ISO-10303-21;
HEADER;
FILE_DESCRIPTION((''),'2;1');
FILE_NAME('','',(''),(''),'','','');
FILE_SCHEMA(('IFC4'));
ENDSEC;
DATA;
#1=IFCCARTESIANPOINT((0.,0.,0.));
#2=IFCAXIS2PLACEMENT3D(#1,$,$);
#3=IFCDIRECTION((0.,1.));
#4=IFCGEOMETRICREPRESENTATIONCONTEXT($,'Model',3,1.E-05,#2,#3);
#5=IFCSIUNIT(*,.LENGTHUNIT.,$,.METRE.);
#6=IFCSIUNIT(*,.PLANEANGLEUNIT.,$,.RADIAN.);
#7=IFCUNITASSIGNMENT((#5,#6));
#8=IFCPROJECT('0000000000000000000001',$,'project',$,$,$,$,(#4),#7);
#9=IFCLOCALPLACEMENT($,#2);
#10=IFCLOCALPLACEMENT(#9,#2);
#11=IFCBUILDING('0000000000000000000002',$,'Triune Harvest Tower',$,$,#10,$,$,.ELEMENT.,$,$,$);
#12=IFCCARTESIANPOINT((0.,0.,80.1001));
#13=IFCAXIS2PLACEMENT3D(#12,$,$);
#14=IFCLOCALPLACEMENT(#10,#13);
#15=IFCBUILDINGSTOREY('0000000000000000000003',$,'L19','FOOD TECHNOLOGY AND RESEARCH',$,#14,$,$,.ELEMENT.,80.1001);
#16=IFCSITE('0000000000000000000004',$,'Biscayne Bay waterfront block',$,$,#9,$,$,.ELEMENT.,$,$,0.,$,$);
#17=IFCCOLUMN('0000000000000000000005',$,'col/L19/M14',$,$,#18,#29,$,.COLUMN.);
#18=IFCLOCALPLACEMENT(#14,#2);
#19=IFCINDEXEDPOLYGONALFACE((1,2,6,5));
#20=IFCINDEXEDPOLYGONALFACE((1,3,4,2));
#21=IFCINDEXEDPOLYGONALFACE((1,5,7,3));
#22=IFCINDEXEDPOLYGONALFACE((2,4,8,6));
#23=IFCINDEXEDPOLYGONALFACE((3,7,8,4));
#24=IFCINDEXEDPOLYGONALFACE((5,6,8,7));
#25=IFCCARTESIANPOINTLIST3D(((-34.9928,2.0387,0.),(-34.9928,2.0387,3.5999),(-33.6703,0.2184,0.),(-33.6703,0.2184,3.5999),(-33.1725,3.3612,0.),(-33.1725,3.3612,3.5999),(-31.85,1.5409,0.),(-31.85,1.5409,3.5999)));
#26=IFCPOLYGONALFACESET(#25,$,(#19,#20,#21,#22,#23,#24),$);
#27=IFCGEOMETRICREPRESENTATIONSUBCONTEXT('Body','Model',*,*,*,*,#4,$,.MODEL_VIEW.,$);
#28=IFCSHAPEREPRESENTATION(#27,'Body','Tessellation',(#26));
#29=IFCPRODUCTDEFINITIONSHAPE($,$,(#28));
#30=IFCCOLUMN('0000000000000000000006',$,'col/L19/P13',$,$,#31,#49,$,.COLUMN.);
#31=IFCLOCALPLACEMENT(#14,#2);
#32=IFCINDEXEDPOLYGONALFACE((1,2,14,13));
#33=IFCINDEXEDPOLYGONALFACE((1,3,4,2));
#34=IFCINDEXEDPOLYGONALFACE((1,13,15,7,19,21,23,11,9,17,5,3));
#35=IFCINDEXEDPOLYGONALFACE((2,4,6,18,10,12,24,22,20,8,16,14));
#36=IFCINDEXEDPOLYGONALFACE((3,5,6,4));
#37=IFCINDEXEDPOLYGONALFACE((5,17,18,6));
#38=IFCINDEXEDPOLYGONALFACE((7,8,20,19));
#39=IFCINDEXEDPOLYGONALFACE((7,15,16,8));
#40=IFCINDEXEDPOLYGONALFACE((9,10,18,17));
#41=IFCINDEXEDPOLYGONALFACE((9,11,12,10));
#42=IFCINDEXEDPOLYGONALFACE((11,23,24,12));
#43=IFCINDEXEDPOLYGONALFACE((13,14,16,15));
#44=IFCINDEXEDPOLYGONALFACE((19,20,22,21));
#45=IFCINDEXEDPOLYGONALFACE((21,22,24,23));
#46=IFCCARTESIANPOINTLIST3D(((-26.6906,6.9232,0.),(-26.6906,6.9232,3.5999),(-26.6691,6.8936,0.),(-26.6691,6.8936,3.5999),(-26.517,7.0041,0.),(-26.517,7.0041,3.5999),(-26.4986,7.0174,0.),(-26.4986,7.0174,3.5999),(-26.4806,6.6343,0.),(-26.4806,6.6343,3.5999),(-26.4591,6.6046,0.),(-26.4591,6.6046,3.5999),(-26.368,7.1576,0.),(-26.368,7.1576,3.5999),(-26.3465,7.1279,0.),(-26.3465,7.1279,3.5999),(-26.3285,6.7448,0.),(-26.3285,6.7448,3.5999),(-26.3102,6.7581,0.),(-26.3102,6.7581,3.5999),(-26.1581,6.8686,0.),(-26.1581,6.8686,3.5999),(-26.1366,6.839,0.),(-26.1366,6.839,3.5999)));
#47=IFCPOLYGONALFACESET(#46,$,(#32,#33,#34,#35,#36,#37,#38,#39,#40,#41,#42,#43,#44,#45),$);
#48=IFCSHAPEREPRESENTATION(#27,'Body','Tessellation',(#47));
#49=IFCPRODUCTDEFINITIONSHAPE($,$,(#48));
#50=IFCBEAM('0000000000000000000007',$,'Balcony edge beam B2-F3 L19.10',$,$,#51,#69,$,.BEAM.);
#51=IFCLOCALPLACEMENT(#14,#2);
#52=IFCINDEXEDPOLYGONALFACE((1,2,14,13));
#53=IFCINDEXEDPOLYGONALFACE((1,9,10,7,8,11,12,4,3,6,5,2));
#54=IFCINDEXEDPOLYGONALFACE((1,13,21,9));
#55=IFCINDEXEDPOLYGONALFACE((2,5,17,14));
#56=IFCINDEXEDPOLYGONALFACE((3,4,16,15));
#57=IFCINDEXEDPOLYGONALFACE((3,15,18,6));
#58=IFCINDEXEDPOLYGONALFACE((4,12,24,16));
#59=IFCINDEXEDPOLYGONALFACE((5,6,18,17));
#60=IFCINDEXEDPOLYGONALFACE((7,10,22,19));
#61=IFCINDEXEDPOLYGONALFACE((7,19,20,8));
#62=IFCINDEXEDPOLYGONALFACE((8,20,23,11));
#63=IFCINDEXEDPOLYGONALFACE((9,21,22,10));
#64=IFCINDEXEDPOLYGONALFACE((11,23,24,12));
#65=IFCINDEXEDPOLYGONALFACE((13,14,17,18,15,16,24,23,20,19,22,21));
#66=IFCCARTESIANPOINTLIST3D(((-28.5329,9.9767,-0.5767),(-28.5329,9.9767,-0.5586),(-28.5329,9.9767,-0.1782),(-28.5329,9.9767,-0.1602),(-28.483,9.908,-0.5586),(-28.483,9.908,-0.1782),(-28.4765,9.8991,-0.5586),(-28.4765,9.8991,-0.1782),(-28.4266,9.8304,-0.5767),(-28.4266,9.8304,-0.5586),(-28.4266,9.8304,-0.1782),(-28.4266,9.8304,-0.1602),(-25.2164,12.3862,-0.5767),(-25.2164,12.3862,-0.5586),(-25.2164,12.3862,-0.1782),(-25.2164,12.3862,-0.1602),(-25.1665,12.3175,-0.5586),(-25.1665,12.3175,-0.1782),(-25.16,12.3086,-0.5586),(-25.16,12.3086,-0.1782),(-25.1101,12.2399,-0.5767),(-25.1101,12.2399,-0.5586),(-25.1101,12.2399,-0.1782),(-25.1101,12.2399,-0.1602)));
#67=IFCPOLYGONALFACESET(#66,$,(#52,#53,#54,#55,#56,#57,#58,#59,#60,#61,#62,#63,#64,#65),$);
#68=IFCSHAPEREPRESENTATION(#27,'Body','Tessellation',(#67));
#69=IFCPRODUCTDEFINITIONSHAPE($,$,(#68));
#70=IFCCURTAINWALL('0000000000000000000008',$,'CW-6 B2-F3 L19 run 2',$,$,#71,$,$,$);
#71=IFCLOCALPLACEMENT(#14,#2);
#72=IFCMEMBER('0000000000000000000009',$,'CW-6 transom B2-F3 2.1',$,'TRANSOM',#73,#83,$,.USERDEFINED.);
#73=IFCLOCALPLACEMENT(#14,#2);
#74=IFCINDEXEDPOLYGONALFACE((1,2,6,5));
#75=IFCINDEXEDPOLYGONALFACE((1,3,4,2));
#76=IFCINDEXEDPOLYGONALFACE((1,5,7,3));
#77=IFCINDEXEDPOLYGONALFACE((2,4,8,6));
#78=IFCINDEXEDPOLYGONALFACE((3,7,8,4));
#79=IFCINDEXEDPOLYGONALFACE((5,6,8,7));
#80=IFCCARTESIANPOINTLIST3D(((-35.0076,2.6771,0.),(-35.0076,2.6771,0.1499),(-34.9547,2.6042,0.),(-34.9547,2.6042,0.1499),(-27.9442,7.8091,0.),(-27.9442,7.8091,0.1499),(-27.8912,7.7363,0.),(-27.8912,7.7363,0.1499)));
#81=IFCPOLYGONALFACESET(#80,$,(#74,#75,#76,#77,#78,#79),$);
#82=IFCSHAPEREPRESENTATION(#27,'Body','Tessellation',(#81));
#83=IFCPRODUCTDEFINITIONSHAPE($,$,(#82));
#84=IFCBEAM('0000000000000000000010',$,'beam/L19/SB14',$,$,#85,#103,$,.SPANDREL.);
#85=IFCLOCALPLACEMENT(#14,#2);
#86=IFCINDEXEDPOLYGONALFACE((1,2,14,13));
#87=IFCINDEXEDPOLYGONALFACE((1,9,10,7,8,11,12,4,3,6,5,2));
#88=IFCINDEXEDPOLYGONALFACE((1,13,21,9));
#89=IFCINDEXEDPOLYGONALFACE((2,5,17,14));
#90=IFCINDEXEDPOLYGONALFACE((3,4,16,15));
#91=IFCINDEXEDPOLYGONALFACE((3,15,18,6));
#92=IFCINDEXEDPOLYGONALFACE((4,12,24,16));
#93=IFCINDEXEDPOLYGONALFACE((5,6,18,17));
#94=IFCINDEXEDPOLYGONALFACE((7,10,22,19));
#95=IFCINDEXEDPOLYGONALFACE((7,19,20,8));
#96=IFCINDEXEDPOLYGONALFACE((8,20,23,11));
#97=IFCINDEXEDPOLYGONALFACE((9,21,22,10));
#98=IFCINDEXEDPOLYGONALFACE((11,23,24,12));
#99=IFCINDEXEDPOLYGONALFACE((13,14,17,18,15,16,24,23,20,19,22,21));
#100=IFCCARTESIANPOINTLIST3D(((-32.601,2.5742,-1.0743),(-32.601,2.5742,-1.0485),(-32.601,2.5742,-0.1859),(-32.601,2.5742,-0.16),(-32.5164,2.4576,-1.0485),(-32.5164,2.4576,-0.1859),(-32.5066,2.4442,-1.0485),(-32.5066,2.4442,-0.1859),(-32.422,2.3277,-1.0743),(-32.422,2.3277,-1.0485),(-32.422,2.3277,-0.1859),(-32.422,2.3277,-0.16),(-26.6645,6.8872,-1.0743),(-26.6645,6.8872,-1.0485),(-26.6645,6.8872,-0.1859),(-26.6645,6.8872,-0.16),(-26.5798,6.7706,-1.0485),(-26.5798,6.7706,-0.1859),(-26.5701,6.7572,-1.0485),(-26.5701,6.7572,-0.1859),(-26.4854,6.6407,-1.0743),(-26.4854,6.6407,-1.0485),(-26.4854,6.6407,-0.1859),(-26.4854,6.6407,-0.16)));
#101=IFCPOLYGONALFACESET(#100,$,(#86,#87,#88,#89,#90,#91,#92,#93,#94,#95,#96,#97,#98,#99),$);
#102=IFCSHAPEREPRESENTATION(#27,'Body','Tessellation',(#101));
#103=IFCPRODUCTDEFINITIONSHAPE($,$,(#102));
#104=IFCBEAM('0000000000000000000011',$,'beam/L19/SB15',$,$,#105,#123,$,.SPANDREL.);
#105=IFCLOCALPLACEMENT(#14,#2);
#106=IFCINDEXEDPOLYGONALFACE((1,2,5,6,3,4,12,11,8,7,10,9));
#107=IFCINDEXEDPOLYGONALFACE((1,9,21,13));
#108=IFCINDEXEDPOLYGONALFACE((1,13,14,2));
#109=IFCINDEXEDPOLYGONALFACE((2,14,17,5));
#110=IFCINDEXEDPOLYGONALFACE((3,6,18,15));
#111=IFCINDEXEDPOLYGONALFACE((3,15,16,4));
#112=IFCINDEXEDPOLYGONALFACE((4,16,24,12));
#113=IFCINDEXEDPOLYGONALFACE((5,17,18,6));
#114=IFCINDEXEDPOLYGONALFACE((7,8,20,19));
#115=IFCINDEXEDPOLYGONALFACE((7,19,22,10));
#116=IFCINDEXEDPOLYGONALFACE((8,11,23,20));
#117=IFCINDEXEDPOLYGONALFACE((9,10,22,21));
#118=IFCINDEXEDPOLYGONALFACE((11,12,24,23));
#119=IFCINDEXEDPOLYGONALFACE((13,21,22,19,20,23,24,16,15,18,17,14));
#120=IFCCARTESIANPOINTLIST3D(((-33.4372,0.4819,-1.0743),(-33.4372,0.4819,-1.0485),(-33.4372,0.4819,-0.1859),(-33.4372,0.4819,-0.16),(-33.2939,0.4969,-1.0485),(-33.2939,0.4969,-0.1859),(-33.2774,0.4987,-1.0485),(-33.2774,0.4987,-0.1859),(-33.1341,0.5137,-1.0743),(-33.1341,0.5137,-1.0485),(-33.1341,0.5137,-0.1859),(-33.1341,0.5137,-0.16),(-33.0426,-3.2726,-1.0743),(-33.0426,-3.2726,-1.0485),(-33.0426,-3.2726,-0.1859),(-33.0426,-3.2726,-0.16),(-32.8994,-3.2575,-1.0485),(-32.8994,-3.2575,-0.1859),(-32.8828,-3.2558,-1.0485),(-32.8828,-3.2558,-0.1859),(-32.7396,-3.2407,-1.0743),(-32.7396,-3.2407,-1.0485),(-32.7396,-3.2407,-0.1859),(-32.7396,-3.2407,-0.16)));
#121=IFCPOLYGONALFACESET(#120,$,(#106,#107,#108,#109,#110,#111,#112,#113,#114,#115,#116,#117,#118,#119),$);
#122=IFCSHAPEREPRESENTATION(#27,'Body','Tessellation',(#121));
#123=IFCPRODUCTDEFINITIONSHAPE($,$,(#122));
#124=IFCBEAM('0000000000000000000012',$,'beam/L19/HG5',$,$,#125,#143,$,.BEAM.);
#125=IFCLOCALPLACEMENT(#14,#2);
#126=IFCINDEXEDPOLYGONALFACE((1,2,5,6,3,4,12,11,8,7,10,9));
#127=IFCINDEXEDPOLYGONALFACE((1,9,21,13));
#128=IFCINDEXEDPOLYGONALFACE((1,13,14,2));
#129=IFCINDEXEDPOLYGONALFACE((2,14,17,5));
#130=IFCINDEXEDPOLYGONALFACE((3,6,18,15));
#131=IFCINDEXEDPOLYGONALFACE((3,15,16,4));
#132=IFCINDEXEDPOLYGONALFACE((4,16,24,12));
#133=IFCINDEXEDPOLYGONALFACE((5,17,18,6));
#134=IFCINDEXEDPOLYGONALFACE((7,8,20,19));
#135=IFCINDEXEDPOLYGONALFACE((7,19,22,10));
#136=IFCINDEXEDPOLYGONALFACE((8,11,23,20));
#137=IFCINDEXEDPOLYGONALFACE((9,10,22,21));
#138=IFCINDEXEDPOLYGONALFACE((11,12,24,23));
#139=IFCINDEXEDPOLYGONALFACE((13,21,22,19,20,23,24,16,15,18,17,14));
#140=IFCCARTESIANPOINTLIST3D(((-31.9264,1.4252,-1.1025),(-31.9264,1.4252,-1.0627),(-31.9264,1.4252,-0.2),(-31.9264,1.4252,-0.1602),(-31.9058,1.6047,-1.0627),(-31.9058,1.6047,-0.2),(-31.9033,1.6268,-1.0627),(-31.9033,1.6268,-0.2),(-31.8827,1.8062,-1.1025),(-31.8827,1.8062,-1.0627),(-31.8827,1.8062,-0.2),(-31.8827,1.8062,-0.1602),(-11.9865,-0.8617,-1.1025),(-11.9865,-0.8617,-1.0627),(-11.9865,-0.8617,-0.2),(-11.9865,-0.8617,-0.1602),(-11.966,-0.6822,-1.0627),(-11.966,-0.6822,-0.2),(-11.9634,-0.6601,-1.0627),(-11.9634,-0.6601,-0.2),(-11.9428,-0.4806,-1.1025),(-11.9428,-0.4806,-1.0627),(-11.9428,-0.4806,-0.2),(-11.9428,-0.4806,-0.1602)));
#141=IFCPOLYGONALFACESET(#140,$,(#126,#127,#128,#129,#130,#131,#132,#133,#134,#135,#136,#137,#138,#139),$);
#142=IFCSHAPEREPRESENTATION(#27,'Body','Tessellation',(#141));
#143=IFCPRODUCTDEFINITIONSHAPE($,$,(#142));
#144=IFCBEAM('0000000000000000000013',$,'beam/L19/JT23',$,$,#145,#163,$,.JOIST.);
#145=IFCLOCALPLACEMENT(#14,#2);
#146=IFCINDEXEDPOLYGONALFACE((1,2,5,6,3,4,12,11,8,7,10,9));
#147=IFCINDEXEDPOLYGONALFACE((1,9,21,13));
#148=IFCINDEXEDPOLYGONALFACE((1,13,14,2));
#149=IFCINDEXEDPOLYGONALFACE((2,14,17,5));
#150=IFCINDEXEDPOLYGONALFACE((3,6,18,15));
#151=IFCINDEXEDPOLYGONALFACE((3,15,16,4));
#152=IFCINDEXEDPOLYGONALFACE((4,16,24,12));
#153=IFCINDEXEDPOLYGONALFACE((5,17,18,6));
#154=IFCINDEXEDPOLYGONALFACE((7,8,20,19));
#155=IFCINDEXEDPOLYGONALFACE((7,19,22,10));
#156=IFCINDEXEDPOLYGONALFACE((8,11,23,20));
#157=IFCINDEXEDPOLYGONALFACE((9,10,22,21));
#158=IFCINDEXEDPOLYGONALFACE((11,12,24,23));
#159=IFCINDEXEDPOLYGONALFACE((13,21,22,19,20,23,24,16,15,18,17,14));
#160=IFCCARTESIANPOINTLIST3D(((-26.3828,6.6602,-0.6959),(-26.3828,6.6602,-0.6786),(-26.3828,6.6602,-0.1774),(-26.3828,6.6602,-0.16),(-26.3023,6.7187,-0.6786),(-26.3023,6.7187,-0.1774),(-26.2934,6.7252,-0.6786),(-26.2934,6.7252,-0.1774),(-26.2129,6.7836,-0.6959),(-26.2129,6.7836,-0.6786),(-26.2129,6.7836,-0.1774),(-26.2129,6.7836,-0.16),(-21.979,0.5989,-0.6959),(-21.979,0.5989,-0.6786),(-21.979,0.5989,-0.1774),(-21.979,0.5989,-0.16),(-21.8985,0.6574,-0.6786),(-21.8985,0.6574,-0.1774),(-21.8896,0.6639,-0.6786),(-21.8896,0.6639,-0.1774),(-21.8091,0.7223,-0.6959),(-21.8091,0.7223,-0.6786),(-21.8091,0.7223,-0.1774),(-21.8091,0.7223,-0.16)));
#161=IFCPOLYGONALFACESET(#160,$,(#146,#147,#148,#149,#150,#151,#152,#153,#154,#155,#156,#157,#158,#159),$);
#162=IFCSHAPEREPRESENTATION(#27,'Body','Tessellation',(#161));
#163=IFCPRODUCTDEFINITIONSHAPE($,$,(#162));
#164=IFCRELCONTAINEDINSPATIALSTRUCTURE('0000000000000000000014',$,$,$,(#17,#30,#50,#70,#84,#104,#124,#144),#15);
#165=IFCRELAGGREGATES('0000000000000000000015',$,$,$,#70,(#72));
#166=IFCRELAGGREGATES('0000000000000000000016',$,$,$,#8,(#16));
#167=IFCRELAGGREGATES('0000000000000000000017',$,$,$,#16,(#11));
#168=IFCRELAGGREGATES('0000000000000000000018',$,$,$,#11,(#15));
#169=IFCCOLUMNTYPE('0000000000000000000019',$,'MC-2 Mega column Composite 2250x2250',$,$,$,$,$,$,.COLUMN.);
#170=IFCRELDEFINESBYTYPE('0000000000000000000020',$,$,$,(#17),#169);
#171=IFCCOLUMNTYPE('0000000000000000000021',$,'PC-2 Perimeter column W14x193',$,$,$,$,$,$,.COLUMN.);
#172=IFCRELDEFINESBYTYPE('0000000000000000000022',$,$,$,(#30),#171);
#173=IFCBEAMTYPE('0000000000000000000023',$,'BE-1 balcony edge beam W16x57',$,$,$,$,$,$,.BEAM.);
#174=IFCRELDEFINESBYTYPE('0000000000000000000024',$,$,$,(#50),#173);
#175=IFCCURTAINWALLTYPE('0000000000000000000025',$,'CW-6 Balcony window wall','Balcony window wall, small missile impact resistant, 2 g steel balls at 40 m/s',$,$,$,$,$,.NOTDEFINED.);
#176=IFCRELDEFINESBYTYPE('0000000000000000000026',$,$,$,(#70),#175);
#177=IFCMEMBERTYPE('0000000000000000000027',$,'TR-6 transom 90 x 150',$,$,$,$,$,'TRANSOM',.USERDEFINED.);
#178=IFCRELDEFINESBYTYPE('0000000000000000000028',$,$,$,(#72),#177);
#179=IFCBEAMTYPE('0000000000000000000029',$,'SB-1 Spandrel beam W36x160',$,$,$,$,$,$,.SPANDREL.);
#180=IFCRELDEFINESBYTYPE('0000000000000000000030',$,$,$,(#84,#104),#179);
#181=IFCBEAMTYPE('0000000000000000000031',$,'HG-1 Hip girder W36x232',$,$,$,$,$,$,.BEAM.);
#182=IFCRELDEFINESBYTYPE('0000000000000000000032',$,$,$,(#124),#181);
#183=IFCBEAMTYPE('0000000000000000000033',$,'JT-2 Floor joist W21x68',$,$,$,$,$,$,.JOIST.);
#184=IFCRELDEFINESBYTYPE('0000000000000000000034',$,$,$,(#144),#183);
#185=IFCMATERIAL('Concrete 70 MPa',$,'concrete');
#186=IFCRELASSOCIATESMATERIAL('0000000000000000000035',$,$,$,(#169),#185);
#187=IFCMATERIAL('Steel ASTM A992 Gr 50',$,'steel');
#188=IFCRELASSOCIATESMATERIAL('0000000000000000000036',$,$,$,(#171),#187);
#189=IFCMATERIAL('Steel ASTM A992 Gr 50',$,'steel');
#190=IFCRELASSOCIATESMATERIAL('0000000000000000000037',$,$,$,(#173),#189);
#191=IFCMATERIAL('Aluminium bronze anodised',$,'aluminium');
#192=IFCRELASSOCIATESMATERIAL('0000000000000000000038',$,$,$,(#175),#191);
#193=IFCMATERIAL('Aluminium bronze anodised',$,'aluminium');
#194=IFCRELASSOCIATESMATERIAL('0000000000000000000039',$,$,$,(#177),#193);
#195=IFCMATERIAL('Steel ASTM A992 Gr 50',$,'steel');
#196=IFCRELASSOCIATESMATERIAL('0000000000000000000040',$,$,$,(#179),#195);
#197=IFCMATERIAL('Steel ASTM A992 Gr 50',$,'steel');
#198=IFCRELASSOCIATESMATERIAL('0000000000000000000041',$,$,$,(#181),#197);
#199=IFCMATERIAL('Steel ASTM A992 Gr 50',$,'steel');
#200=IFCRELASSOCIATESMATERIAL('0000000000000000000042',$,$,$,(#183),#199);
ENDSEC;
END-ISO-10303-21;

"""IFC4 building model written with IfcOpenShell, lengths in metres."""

from ifc_helpers import new_model, si_unit, direction, frame, origin, origin_2d, place, context, subcontext, project, spatial, rectangle, i_section, extrude, source, transform, mapped, material, material_profile, profile_set, type_object, element, aggregate, save


model = new_model("IFC4")

# Units and contexts
model_context = context("Model", 3, precision=1e-05, world=origin(), true_north=direction((0.0, 1.0)))
body_context = subcontext(model_context, "Body", "Model", "MODEL_VIEW")
ifc_project = project(units=[si_unit("LENGTHUNIT", "METRE"), si_unit("PLANEANGLEUNIT", "RADIAN")], contexts=[model_context])

# Site, building, storey
site_placement = place(None, origin())
site = spatial("IfcSite", under=ifc_project, at=site_placement, Name="Biscayne Bay waterfront block", CompositionType="ELEMENT", RefElevation=0.0)
building_placement = place(site_placement, origin())
building = spatial("IfcBuilding", under=site, at=building_placement, Name="Triune Harvest Tower", CompositionType="ELEMENT")
storey_placement = place(building_placement, frame((0.0, 0.0, 80.1001)))
storey = spatial("IfcBuildingStorey", under=building, at=storey_placement, Name="L19", Description="FOOD TECHNOLOGY AND RESEARCH", CompositionType="ELEMENT", Elevation=80.1001)

# Columns
ifc_material_1 = material(Name="Concrete 70 MPa", Category="concrete")
ifc_material_profile_1 = material_profile(ifc_material_1, rectangle(XDim=2.25, YDim=2.25, at=origin_2d()), Name="Composite 2250x2250")
ifc_profile_set_1 = profile_set([ifc_material_profile_1], Name="Concrete 70 MPa")
column_type_1 = type_object("IfcColumnType", Name="MC-2 Mega column Composite 2250x2250", PredefinedType="COLUMN", material=ifc_profile_set_1)
shared_shape_1 = source(origin(), body_context, "Body", "SweptSolid", [
    extrude(rectangle(XDim=2.25, YDim=2.25, at=origin_2d()), origin(), (0.0, 0.0, 1.0), 3.5999),
])
column_1_placement = place(storey_placement, frame((-33.4214, 1.7898, 0.0), z_axis=(0.0, 0.0, 1.0), x_axis=(-0.809017, -0.587785, 0.0)))
element("IfcColumn", 1, at=column_1_placement, inside=storey, type_object=column_type_1, Name="col/L19/M14", PredefinedType="COLUMN", context=body_context, shape_type="MappedRepresentation", body=[
    mapped(shared_shape_1, transform((0.0, 0.0, 0.0), scale=1.0)),
])
ifc_material_2 = material(Name="Steel ASTM A992 Gr 50", Category="steel")
ifc_material_profile_2 = material_profile(ifc_material_2, i_section(OverallWidth=0.3987, OverallDepth=0.3938, WebThickness=0.0227, FlangeThickness=0.0366, at=origin_2d()), Name="W14x193")
ifc_profile_set_2 = profile_set([ifc_material_profile_2], Name="Steel ASTM A992 Gr 50")
column_type_2 = type_object("IfcColumnType", Name="PC-2 Perimeter column W14x193", PredefinedType="COLUMN", material=ifc_profile_set_2)
shared_shape_2 = source(origin(), body_context, "Body", "SweptSolid", [
    extrude(i_section(OverallWidth=0.3987, OverallDepth=0.3938, WebThickness=0.0227, FlangeThickness=0.0366, at=origin_2d()), origin(), (0.0, 0.0, 1.0), 3.5999),
])
column_2_placement = place(storey_placement, frame((-26.4136, 6.8811, 0.0), z_axis=(0.0, 0.0, 1.0), x_axis=(-0.809017, -0.587785, 0.0)))
element("IfcColumn", 2, at=column_2_placement, inside=storey, type_object=column_type_2, Name="col/L19/P13", PredefinedType="COLUMN", context=body_context, shape_type="MappedRepresentation", body=[
    mapped(shared_shape_2, transform((0.0, 0.0, 0.0), scale=1.0)),
])

# Beam
ifc_material_3 = material(Name="Steel ASTM A992 Gr 50", Category="steel")
ifc_material_profile_3 = material_profile(ifc_material_3, i_section(OverallWidth=0.1809, OverallDepth=0.4165, WebThickness=0.011, FlangeThickness=0.0181, at=origin_2d()), Name="W16x57")
ifc_profile_set_3 = profile_set([ifc_material_profile_3], Name="Steel ASTM A992 Gr 50")
beam_type_1 = type_object("IfcBeamType", Name="BE-1 balcony edge beam W16x57", PredefinedType="BEAM", material=ifc_profile_set_3)
beam_1_placement = place(storey_placement, frame((-28.4797, 9.9036, -0.3684), z_axis=(0.809027, 0.587771, 0.0), x_axis=(-0.587771, 0.809027, 0.0)))
element("IfcBeam", 3, at=beam_1_placement, inside=storey, type_object=beam_type_1, Name="Balcony edge beam B2-F3 L19.10", PredefinedType="BEAM", context=body_context, shape_type="SweptSolid", body=[
    extrude(i_section(OverallWidth=0.1809, OverallDepth=0.4165, WebThickness=0.011, FlangeThickness=0.0181, at=origin_2d()), origin(), (0.0, 0.0, 1.0), 4.0994),
])

# Curtain wall, member
ifc_material_4 = material(Name="Aluminium bronze anodised", Category="aluminium")
curtain_wall_type_1 = type_object("IfcCurtainWallType", Name="CW-6 Balcony window wall", Description="Balcony window wall, small missile impact resistant, 2 g steel balls at 40 m/s", PredefinedType="NOTDEFINED", material=ifc_material_4)
curtain_wall_1_placement = place(storey_placement, origin())
curtain_wall_1 = element("IfcCurtainWall", 4, at=curtain_wall_1_placement, inside=storey, type_object=curtain_wall_type_1, Name="CW-6 B2-F3 L19 run 2")
ifc_material_5 = material(Name="Aluminium bronze anodised", Category="aluminium")
ifc_material_profile_4 = material_profile(ifc_material_5, rectangle(XDim=0.0901, YDim=0.1499, at=origin_2d()), Name="TR-6 transom 90 x 150")
ifc_profile_set_4 = profile_set([ifc_material_profile_4], Name="Aluminium bronze anodised")
member_type_1 = type_object("IfcMemberType", Name="TR-6 transom 90 x 150", ElementType="TRANSOM", PredefinedType="USERDEFINED", material=ifc_profile_set_4)
member_1_placement = place(storey_placement, frame((-27.9177, 7.7727, 0.075), z_axis=(-0.809008, -0.587798, 0.0), x_axis=(0.587798, -0.809008, 0.0)))
member_1 = element("IfcMember", 5, at=member_1_placement, type_object=member_type_1, Name="CW-6 transom B2-F3 2.1", ObjectType="TRANSOM", PredefinedType="USERDEFINED", context=body_context, shape_type="SweptSolid", body=[
    extrude(rectangle(XDim=0.0901, YDim=0.1499, at=origin_2d()), origin(), (0.0, 0.0, 1.0), 8.731),
])

# Beams
ifc_material_6 = material(Name="Steel ASTM A992 Gr 50", Category="steel")
ifc_material_profile_5 = material_profile(ifc_material_6, i_section(OverallWidth=0.3047, OverallDepth=0.9143, WebThickness=0.0166, FlangeThickness=0.0259, at=origin_2d()), Name="W36x160")
ifc_profile_set_5 = profile_set([ifc_material_profile_5], Name="Steel ASTM A992 Gr 50")
beam_type_2 = type_object("IfcBeamType", Name="SB-1 Spandrel beam W36x160", PredefinedType="SPANDREL", material=ifc_profile_set_5)
shared_shape_3 = source(origin(), body_context, "Body", "SweptSolid", [
    extrude(i_section(OverallWidth=0.3047, OverallDepth=0.9143, WebThickness=0.0166, FlangeThickness=0.0259, at=origin_2d()), origin(), (0.0, 0.0, 1.0), 7.3379),
])
beam_2_placement = place(storey_placement, frame((-26.575, 6.7639, -0.6172), z_axis=(-0.809027, -0.587772, 0.0), x_axis=(0.587772, -0.809027, 0.0)))
element("IfcBeam", 6, at=beam_2_placement, inside=storey, type_object=beam_type_2, Name="beam/L19/SB14", PredefinedType="SPANDREL", context=body_context, shape_type="MappedRepresentation", body=[
    mapped(shared_shape_3, transform((0.0, 0.0, 0.0), scale=1.0)),
])
shared_shape_4 = source(origin(), body_context, "Body", "SweptSolid", [
    extrude(i_section(OverallWidth=0.3047, OverallDepth=0.9143, WebThickness=0.0166, FlangeThickness=0.0259, at=origin_2d()), origin(), (0.0, 0.0, 1.0), 3.7751),
])
beam_3_placement = place(storey_placement, frame((-33.2856, 0.4978, -0.6172), z_axis=(0.10451, -0.994524, 0.0), x_axis=(0.994524, 0.10451, 0.0)))
element("IfcBeam", 7, at=beam_3_placement, inside=storey, type_object=beam_type_2, Name="beam/L19/SB15", PredefinedType="SPANDREL", context=body_context, shape_type="MappedRepresentation", body=[
    mapped(shared_shape_4, transform((0.0, 0.0, 0.0), scale=1.0)),
])
ifc_material_7 = material(Name="Steel ASTM A992 Gr 50", Category="steel")
ifc_material_profile_6 = material_profile(ifc_material_7, i_section(OverallWidth=0.3835, OverallDepth=0.9424, WebThickness=0.0222, FlangeThickness=0.0398, at=origin_2d()), Name="W36x232")
ifc_profile_set_6 = profile_set([ifc_material_profile_6], Name="Steel ASTM A992 Gr 50")
beam_type_3 = type_object("IfcBeamType", Name="HG-1 Hip girder W36x232", PredefinedType="BEAM", material=ifc_profile_set_6)
shared_shape_5 = source(origin(), body_context, "Body", "SweptSolid", [
    extrude(i_section(OverallWidth=0.3835, OverallDepth=0.9424, WebThickness=0.0222, FlangeThickness=0.0398, at=origin_2d()), origin(), (0.0, 0.0, 1.0), 20.0706),
])
beam_4_placement = place(storey_placement, frame((-31.9045, 1.6157, -0.6313), z_axis=(0.993488, -0.113941, 0.0), x_axis=(0.113941, 0.993488, 0.0)))
element("IfcBeam", 8, at=beam_4_placement, inside=storey, type_object=beam_type_3, Name="beam/L19/HG5", PredefinedType="BEAM", context=body_context, shape_type="MappedRepresentation", body=[
    mapped(shared_shape_5, transform((0.0, 0.0, 0.0), scale=1.0)),
])
ifc_material_8 = material(Name="Steel ASTM A992 Gr 50", Category="steel")
ifc_material_profile_7 = material_profile(ifc_material_8, i_section(OverallWidth=0.21, OverallDepth=0.5359, WebThickness=0.011, FlangeThickness=0.0173, at=origin_2d()), Name="W21x68")
ifc_profile_set_7 = profile_set([ifc_material_profile_7], Name="Steel ASTM A992 Gr 50")
beam_type_4 = type_object("IfcBeamType", Name="JT-2 Floor joist W21x68", PredefinedType="JOIST", material=ifc_profile_set_7)
shared_shape_6 = source(origin(), body_context, "Body", "SweptSolid", [
    extrude(i_section(OverallWidth=0.21, OverallDepth=0.5359, WebThickness=0.011, FlangeThickness=0.0173, at=origin_2d()), origin(), (0.0, 0.0, 1.0), 7.4922),
])
beam_5_placement = place(storey_placement, frame((-26.2979, 6.7219, -0.428), z_axis=(0.587788, -0.809015, 0.0), x_axis=(0.809015, 0.587788, 0.0)))
element("IfcBeam", 9, at=beam_5_placement, inside=storey, type_object=beam_type_4, Name="beam/L19/JT23", PredefinedType="JOIST", context=body_context, shape_type="MappedRepresentation", body=[
    mapped(shared_shape_6, transform((0.0, 0.0, 0.0), scale=1.0)),
])

aggregate(curtain_wall_1, [member_1])

save(model, "model.ifc")
